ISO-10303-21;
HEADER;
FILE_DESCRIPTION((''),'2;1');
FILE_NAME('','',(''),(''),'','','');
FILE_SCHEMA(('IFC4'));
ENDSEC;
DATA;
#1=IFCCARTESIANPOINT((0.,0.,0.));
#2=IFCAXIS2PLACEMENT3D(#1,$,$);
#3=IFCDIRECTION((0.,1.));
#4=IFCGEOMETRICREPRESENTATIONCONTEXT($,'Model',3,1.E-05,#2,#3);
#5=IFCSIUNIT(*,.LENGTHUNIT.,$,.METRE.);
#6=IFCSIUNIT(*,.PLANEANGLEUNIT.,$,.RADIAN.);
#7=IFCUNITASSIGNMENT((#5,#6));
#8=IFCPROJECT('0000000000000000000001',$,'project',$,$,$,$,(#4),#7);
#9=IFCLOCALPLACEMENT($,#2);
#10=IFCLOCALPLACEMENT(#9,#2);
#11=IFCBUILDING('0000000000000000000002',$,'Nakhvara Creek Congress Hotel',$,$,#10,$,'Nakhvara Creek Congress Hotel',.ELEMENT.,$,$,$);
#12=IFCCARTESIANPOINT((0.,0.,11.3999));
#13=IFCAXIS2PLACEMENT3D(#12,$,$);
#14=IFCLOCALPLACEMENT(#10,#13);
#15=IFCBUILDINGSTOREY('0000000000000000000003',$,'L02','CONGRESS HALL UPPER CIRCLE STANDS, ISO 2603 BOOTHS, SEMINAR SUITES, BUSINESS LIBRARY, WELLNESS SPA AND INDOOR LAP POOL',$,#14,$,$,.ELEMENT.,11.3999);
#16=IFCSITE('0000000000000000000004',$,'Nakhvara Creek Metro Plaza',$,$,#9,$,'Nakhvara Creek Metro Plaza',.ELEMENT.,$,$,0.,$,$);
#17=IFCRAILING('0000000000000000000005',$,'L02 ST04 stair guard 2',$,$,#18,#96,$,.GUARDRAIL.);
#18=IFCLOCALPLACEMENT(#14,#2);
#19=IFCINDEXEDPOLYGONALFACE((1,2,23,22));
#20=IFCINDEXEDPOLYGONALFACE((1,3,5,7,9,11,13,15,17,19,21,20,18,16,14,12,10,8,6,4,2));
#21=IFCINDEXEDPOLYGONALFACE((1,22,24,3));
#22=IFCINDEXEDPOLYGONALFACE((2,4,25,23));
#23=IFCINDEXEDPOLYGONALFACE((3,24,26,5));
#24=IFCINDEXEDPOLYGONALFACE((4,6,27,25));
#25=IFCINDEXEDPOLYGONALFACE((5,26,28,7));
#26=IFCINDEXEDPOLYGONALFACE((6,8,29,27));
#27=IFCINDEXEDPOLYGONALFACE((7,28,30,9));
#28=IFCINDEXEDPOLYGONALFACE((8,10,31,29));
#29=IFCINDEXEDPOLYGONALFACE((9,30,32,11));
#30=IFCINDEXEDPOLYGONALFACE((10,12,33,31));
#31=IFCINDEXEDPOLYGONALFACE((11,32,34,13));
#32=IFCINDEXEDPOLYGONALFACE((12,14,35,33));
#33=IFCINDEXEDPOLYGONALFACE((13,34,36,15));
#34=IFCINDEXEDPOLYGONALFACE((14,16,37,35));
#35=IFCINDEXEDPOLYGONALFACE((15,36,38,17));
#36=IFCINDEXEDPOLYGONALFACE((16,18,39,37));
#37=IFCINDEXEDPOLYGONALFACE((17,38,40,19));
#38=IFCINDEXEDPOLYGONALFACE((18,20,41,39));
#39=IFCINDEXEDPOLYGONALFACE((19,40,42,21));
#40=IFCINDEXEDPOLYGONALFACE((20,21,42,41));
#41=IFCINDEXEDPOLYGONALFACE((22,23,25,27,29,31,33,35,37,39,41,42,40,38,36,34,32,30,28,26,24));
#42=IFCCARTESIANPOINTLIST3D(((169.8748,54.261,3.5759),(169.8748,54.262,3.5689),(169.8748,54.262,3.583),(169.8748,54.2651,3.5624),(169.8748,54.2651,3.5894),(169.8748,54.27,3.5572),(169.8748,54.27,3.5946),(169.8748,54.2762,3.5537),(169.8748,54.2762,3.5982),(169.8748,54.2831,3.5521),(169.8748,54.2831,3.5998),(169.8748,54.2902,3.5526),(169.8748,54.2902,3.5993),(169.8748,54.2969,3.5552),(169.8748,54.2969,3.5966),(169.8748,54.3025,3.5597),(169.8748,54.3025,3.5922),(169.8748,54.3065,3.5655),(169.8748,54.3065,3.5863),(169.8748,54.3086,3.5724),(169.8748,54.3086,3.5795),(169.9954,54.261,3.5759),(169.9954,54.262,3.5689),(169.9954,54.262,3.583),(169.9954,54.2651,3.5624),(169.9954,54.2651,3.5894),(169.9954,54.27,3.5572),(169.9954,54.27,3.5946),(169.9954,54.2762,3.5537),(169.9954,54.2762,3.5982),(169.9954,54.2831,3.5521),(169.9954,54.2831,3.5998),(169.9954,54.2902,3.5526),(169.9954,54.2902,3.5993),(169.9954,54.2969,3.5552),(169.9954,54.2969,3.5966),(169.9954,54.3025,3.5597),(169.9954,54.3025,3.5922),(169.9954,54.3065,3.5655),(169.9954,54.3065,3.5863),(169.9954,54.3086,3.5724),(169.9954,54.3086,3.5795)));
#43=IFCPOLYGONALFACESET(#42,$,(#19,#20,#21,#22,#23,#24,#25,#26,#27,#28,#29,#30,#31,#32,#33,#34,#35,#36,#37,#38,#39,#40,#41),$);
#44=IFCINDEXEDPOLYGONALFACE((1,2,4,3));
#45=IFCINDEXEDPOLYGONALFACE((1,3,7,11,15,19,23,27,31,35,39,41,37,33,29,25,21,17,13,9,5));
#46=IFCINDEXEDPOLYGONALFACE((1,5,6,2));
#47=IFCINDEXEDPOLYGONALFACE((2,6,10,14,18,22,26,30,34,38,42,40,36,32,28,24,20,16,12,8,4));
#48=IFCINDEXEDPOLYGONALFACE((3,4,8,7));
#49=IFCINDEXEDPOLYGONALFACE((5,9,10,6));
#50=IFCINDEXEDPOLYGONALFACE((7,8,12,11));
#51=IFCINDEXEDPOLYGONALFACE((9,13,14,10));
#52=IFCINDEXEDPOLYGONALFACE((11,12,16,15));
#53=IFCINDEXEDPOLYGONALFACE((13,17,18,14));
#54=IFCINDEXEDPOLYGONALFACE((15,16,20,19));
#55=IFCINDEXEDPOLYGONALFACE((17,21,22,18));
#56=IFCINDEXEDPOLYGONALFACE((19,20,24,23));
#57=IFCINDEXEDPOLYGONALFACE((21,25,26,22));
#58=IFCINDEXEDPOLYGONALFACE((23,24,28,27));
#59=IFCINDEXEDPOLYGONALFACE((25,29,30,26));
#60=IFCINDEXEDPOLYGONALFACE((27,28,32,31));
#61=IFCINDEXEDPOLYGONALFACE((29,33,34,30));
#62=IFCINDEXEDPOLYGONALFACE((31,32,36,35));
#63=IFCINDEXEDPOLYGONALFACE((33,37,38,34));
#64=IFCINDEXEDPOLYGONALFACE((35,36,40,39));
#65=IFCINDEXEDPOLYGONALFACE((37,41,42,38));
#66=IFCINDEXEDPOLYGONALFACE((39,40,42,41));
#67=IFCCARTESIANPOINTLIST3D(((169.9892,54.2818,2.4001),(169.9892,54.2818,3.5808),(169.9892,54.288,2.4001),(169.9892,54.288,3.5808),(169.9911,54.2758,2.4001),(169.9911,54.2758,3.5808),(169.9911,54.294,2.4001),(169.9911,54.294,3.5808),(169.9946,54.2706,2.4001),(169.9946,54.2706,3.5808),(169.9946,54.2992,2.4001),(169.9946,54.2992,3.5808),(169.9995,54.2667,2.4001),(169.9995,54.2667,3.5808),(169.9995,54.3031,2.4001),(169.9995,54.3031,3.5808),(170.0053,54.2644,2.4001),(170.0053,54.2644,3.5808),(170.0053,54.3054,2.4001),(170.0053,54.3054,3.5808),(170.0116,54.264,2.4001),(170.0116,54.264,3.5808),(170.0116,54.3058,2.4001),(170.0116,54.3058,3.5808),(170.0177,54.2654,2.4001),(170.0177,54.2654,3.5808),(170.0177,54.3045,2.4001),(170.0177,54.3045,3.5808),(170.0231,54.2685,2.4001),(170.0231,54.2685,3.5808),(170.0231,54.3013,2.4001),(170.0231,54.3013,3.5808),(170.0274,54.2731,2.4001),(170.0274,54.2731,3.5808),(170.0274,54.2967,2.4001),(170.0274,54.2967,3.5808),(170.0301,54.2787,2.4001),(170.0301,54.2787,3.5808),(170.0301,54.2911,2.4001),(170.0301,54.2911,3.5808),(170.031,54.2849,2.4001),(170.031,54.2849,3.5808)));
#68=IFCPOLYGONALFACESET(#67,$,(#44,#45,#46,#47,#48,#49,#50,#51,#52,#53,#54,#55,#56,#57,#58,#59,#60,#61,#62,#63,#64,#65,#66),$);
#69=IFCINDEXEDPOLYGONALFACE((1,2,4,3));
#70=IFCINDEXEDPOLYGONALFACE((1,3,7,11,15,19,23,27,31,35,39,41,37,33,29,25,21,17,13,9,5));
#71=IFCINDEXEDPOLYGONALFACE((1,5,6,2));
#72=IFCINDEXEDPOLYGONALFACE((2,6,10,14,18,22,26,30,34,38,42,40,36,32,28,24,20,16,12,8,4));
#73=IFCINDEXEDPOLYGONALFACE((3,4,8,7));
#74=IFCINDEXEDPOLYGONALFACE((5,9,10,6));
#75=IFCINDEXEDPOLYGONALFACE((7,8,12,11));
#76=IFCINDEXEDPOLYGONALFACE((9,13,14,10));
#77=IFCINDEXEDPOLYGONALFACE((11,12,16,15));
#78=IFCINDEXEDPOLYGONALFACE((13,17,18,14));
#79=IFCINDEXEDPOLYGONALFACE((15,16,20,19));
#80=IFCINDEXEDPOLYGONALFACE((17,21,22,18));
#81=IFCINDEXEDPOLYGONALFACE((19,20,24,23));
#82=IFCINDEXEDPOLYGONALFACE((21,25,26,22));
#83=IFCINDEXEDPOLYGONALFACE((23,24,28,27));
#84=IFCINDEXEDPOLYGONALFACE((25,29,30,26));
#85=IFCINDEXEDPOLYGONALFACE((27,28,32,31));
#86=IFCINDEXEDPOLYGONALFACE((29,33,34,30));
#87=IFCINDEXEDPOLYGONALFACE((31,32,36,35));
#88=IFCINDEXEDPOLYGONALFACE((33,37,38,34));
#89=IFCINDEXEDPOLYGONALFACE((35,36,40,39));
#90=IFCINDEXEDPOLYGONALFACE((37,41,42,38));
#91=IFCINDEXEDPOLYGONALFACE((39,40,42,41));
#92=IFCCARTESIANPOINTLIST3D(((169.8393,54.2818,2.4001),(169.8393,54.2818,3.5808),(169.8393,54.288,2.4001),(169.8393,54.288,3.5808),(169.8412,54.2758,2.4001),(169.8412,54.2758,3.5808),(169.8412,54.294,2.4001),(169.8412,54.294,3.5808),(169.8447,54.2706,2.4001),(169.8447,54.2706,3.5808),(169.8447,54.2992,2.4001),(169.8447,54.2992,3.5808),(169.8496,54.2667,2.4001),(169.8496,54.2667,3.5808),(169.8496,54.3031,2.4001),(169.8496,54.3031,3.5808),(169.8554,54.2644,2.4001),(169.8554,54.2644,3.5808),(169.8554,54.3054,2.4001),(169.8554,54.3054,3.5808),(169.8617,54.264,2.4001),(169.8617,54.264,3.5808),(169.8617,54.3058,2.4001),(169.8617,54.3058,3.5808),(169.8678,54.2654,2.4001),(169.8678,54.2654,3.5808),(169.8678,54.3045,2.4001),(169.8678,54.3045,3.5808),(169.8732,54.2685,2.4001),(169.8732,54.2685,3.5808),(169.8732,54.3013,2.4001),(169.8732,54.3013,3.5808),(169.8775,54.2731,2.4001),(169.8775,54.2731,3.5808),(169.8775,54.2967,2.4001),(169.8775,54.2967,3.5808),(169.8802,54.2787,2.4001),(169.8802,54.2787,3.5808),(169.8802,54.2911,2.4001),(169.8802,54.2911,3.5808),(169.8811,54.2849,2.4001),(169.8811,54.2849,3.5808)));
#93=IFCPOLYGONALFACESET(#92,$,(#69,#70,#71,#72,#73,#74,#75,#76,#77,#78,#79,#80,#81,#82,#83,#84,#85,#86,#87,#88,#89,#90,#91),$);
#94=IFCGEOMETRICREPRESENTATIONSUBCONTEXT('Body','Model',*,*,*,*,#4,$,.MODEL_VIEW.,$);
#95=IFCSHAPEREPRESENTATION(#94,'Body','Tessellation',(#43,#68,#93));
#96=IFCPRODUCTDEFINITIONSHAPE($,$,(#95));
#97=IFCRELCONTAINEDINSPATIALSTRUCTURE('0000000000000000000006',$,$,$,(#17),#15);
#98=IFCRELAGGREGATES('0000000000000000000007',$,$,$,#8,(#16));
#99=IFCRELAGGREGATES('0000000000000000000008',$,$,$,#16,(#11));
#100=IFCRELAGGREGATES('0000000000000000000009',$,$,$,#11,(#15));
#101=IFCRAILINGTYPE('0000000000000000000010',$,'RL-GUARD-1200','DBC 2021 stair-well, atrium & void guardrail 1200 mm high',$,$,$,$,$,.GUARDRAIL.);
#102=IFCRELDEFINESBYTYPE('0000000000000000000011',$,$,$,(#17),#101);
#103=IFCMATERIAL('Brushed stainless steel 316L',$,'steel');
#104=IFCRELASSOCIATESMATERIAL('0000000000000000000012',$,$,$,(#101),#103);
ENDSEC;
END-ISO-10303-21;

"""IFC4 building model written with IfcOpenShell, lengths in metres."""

from ifc_helpers import new_model, si_unit, direction, frame, origin, origin_2d, place, context, subcontext, project, spatial, circle, extrude, material, type_object, element, save


model = new_model("IFC4")

# Units and contexts
model_context = context("Model", 3, precision=1e-05, world=origin(), true_north=direction((0.0, 1.0)))
body_context = subcontext(model_context, "Body", "Model", "MODEL_VIEW")
ifc_project = project(units=[si_unit("LENGTHUNIT", "METRE"), si_unit("PLANEANGLEUNIT", "RADIAN")], contexts=[model_context])

# Site, building, storey
site_placement = place(None, origin())
site = spatial("IfcSite", under=ifc_project, at=site_placement, Name="Nakhvara Creek Metro Plaza", LongName="Nakhvara Creek Metro Plaza", CompositionType="ELEMENT", RefElevation=0.0)
building_placement = place(site_placement, origin())
building = spatial("IfcBuilding", under=site, at=building_placement, Name="Nakhvara Creek Congress Hotel", LongName="Nakhvara Creek Congress Hotel", CompositionType="ELEMENT")
storey_placement = place(building_placement, frame((0.0, 0.0, 11.3999)))
storey = spatial("IfcBuildingStorey", under=building, at=storey_placement, Name="L02", Description="CONGRESS HALL UPPER CIRCLE STANDS, ISO 2603 BOOTHS, SEMINAR SUITES, BUSINESS LIBRARY, WELLNESS SPA AND INDOOR LAP POOL", CompositionType="ELEMENT", Elevation=11.3999)

# Railing
ifc_material_1 = material(Name="Brushed stainless steel 316L", Category="steel")
railing_type_1 = type_object("IfcRailingType", Name="RL-GUARD-1200", Description="DBC 2021 stair-well, atrium & void guardrail 1200 mm high", PredefinedType="GUARDRAIL", material=ifc_material_1)
railing_1_placement = place(storey_placement, frame((170.01, 54.2849, 2.4001)))
element("IfcRailing", 1, at=railing_1_placement, inside=storey, type_object=railing_type_1, Name="L02 ST04 stair guard 2", PredefinedType="GUARDRAIL", context=body_context, shape_type="SweptSolid", body=[
    extrude(circle(Radius=0.0239, at=origin_2d()), frame((-0.0146, 0.0, 1.1758), z_axis=(-1.0, 0.0, 0.0), x_axis=(0.0, -1.0, 0.0)), (0.0, 0.0, 1.0), 0.1206),
    extrude(circle(Radius=0.021, at=origin_2d()), origin(), (0.0, 0.0, 1.0), 1.1807),
    extrude(circle(Radius=0.021, at=origin_2d()), frame((-0.1499, 0.0, 0.0)), (0.0, 0.0, 1.0), 1.1807),
])

save(model, "model.ifc")
